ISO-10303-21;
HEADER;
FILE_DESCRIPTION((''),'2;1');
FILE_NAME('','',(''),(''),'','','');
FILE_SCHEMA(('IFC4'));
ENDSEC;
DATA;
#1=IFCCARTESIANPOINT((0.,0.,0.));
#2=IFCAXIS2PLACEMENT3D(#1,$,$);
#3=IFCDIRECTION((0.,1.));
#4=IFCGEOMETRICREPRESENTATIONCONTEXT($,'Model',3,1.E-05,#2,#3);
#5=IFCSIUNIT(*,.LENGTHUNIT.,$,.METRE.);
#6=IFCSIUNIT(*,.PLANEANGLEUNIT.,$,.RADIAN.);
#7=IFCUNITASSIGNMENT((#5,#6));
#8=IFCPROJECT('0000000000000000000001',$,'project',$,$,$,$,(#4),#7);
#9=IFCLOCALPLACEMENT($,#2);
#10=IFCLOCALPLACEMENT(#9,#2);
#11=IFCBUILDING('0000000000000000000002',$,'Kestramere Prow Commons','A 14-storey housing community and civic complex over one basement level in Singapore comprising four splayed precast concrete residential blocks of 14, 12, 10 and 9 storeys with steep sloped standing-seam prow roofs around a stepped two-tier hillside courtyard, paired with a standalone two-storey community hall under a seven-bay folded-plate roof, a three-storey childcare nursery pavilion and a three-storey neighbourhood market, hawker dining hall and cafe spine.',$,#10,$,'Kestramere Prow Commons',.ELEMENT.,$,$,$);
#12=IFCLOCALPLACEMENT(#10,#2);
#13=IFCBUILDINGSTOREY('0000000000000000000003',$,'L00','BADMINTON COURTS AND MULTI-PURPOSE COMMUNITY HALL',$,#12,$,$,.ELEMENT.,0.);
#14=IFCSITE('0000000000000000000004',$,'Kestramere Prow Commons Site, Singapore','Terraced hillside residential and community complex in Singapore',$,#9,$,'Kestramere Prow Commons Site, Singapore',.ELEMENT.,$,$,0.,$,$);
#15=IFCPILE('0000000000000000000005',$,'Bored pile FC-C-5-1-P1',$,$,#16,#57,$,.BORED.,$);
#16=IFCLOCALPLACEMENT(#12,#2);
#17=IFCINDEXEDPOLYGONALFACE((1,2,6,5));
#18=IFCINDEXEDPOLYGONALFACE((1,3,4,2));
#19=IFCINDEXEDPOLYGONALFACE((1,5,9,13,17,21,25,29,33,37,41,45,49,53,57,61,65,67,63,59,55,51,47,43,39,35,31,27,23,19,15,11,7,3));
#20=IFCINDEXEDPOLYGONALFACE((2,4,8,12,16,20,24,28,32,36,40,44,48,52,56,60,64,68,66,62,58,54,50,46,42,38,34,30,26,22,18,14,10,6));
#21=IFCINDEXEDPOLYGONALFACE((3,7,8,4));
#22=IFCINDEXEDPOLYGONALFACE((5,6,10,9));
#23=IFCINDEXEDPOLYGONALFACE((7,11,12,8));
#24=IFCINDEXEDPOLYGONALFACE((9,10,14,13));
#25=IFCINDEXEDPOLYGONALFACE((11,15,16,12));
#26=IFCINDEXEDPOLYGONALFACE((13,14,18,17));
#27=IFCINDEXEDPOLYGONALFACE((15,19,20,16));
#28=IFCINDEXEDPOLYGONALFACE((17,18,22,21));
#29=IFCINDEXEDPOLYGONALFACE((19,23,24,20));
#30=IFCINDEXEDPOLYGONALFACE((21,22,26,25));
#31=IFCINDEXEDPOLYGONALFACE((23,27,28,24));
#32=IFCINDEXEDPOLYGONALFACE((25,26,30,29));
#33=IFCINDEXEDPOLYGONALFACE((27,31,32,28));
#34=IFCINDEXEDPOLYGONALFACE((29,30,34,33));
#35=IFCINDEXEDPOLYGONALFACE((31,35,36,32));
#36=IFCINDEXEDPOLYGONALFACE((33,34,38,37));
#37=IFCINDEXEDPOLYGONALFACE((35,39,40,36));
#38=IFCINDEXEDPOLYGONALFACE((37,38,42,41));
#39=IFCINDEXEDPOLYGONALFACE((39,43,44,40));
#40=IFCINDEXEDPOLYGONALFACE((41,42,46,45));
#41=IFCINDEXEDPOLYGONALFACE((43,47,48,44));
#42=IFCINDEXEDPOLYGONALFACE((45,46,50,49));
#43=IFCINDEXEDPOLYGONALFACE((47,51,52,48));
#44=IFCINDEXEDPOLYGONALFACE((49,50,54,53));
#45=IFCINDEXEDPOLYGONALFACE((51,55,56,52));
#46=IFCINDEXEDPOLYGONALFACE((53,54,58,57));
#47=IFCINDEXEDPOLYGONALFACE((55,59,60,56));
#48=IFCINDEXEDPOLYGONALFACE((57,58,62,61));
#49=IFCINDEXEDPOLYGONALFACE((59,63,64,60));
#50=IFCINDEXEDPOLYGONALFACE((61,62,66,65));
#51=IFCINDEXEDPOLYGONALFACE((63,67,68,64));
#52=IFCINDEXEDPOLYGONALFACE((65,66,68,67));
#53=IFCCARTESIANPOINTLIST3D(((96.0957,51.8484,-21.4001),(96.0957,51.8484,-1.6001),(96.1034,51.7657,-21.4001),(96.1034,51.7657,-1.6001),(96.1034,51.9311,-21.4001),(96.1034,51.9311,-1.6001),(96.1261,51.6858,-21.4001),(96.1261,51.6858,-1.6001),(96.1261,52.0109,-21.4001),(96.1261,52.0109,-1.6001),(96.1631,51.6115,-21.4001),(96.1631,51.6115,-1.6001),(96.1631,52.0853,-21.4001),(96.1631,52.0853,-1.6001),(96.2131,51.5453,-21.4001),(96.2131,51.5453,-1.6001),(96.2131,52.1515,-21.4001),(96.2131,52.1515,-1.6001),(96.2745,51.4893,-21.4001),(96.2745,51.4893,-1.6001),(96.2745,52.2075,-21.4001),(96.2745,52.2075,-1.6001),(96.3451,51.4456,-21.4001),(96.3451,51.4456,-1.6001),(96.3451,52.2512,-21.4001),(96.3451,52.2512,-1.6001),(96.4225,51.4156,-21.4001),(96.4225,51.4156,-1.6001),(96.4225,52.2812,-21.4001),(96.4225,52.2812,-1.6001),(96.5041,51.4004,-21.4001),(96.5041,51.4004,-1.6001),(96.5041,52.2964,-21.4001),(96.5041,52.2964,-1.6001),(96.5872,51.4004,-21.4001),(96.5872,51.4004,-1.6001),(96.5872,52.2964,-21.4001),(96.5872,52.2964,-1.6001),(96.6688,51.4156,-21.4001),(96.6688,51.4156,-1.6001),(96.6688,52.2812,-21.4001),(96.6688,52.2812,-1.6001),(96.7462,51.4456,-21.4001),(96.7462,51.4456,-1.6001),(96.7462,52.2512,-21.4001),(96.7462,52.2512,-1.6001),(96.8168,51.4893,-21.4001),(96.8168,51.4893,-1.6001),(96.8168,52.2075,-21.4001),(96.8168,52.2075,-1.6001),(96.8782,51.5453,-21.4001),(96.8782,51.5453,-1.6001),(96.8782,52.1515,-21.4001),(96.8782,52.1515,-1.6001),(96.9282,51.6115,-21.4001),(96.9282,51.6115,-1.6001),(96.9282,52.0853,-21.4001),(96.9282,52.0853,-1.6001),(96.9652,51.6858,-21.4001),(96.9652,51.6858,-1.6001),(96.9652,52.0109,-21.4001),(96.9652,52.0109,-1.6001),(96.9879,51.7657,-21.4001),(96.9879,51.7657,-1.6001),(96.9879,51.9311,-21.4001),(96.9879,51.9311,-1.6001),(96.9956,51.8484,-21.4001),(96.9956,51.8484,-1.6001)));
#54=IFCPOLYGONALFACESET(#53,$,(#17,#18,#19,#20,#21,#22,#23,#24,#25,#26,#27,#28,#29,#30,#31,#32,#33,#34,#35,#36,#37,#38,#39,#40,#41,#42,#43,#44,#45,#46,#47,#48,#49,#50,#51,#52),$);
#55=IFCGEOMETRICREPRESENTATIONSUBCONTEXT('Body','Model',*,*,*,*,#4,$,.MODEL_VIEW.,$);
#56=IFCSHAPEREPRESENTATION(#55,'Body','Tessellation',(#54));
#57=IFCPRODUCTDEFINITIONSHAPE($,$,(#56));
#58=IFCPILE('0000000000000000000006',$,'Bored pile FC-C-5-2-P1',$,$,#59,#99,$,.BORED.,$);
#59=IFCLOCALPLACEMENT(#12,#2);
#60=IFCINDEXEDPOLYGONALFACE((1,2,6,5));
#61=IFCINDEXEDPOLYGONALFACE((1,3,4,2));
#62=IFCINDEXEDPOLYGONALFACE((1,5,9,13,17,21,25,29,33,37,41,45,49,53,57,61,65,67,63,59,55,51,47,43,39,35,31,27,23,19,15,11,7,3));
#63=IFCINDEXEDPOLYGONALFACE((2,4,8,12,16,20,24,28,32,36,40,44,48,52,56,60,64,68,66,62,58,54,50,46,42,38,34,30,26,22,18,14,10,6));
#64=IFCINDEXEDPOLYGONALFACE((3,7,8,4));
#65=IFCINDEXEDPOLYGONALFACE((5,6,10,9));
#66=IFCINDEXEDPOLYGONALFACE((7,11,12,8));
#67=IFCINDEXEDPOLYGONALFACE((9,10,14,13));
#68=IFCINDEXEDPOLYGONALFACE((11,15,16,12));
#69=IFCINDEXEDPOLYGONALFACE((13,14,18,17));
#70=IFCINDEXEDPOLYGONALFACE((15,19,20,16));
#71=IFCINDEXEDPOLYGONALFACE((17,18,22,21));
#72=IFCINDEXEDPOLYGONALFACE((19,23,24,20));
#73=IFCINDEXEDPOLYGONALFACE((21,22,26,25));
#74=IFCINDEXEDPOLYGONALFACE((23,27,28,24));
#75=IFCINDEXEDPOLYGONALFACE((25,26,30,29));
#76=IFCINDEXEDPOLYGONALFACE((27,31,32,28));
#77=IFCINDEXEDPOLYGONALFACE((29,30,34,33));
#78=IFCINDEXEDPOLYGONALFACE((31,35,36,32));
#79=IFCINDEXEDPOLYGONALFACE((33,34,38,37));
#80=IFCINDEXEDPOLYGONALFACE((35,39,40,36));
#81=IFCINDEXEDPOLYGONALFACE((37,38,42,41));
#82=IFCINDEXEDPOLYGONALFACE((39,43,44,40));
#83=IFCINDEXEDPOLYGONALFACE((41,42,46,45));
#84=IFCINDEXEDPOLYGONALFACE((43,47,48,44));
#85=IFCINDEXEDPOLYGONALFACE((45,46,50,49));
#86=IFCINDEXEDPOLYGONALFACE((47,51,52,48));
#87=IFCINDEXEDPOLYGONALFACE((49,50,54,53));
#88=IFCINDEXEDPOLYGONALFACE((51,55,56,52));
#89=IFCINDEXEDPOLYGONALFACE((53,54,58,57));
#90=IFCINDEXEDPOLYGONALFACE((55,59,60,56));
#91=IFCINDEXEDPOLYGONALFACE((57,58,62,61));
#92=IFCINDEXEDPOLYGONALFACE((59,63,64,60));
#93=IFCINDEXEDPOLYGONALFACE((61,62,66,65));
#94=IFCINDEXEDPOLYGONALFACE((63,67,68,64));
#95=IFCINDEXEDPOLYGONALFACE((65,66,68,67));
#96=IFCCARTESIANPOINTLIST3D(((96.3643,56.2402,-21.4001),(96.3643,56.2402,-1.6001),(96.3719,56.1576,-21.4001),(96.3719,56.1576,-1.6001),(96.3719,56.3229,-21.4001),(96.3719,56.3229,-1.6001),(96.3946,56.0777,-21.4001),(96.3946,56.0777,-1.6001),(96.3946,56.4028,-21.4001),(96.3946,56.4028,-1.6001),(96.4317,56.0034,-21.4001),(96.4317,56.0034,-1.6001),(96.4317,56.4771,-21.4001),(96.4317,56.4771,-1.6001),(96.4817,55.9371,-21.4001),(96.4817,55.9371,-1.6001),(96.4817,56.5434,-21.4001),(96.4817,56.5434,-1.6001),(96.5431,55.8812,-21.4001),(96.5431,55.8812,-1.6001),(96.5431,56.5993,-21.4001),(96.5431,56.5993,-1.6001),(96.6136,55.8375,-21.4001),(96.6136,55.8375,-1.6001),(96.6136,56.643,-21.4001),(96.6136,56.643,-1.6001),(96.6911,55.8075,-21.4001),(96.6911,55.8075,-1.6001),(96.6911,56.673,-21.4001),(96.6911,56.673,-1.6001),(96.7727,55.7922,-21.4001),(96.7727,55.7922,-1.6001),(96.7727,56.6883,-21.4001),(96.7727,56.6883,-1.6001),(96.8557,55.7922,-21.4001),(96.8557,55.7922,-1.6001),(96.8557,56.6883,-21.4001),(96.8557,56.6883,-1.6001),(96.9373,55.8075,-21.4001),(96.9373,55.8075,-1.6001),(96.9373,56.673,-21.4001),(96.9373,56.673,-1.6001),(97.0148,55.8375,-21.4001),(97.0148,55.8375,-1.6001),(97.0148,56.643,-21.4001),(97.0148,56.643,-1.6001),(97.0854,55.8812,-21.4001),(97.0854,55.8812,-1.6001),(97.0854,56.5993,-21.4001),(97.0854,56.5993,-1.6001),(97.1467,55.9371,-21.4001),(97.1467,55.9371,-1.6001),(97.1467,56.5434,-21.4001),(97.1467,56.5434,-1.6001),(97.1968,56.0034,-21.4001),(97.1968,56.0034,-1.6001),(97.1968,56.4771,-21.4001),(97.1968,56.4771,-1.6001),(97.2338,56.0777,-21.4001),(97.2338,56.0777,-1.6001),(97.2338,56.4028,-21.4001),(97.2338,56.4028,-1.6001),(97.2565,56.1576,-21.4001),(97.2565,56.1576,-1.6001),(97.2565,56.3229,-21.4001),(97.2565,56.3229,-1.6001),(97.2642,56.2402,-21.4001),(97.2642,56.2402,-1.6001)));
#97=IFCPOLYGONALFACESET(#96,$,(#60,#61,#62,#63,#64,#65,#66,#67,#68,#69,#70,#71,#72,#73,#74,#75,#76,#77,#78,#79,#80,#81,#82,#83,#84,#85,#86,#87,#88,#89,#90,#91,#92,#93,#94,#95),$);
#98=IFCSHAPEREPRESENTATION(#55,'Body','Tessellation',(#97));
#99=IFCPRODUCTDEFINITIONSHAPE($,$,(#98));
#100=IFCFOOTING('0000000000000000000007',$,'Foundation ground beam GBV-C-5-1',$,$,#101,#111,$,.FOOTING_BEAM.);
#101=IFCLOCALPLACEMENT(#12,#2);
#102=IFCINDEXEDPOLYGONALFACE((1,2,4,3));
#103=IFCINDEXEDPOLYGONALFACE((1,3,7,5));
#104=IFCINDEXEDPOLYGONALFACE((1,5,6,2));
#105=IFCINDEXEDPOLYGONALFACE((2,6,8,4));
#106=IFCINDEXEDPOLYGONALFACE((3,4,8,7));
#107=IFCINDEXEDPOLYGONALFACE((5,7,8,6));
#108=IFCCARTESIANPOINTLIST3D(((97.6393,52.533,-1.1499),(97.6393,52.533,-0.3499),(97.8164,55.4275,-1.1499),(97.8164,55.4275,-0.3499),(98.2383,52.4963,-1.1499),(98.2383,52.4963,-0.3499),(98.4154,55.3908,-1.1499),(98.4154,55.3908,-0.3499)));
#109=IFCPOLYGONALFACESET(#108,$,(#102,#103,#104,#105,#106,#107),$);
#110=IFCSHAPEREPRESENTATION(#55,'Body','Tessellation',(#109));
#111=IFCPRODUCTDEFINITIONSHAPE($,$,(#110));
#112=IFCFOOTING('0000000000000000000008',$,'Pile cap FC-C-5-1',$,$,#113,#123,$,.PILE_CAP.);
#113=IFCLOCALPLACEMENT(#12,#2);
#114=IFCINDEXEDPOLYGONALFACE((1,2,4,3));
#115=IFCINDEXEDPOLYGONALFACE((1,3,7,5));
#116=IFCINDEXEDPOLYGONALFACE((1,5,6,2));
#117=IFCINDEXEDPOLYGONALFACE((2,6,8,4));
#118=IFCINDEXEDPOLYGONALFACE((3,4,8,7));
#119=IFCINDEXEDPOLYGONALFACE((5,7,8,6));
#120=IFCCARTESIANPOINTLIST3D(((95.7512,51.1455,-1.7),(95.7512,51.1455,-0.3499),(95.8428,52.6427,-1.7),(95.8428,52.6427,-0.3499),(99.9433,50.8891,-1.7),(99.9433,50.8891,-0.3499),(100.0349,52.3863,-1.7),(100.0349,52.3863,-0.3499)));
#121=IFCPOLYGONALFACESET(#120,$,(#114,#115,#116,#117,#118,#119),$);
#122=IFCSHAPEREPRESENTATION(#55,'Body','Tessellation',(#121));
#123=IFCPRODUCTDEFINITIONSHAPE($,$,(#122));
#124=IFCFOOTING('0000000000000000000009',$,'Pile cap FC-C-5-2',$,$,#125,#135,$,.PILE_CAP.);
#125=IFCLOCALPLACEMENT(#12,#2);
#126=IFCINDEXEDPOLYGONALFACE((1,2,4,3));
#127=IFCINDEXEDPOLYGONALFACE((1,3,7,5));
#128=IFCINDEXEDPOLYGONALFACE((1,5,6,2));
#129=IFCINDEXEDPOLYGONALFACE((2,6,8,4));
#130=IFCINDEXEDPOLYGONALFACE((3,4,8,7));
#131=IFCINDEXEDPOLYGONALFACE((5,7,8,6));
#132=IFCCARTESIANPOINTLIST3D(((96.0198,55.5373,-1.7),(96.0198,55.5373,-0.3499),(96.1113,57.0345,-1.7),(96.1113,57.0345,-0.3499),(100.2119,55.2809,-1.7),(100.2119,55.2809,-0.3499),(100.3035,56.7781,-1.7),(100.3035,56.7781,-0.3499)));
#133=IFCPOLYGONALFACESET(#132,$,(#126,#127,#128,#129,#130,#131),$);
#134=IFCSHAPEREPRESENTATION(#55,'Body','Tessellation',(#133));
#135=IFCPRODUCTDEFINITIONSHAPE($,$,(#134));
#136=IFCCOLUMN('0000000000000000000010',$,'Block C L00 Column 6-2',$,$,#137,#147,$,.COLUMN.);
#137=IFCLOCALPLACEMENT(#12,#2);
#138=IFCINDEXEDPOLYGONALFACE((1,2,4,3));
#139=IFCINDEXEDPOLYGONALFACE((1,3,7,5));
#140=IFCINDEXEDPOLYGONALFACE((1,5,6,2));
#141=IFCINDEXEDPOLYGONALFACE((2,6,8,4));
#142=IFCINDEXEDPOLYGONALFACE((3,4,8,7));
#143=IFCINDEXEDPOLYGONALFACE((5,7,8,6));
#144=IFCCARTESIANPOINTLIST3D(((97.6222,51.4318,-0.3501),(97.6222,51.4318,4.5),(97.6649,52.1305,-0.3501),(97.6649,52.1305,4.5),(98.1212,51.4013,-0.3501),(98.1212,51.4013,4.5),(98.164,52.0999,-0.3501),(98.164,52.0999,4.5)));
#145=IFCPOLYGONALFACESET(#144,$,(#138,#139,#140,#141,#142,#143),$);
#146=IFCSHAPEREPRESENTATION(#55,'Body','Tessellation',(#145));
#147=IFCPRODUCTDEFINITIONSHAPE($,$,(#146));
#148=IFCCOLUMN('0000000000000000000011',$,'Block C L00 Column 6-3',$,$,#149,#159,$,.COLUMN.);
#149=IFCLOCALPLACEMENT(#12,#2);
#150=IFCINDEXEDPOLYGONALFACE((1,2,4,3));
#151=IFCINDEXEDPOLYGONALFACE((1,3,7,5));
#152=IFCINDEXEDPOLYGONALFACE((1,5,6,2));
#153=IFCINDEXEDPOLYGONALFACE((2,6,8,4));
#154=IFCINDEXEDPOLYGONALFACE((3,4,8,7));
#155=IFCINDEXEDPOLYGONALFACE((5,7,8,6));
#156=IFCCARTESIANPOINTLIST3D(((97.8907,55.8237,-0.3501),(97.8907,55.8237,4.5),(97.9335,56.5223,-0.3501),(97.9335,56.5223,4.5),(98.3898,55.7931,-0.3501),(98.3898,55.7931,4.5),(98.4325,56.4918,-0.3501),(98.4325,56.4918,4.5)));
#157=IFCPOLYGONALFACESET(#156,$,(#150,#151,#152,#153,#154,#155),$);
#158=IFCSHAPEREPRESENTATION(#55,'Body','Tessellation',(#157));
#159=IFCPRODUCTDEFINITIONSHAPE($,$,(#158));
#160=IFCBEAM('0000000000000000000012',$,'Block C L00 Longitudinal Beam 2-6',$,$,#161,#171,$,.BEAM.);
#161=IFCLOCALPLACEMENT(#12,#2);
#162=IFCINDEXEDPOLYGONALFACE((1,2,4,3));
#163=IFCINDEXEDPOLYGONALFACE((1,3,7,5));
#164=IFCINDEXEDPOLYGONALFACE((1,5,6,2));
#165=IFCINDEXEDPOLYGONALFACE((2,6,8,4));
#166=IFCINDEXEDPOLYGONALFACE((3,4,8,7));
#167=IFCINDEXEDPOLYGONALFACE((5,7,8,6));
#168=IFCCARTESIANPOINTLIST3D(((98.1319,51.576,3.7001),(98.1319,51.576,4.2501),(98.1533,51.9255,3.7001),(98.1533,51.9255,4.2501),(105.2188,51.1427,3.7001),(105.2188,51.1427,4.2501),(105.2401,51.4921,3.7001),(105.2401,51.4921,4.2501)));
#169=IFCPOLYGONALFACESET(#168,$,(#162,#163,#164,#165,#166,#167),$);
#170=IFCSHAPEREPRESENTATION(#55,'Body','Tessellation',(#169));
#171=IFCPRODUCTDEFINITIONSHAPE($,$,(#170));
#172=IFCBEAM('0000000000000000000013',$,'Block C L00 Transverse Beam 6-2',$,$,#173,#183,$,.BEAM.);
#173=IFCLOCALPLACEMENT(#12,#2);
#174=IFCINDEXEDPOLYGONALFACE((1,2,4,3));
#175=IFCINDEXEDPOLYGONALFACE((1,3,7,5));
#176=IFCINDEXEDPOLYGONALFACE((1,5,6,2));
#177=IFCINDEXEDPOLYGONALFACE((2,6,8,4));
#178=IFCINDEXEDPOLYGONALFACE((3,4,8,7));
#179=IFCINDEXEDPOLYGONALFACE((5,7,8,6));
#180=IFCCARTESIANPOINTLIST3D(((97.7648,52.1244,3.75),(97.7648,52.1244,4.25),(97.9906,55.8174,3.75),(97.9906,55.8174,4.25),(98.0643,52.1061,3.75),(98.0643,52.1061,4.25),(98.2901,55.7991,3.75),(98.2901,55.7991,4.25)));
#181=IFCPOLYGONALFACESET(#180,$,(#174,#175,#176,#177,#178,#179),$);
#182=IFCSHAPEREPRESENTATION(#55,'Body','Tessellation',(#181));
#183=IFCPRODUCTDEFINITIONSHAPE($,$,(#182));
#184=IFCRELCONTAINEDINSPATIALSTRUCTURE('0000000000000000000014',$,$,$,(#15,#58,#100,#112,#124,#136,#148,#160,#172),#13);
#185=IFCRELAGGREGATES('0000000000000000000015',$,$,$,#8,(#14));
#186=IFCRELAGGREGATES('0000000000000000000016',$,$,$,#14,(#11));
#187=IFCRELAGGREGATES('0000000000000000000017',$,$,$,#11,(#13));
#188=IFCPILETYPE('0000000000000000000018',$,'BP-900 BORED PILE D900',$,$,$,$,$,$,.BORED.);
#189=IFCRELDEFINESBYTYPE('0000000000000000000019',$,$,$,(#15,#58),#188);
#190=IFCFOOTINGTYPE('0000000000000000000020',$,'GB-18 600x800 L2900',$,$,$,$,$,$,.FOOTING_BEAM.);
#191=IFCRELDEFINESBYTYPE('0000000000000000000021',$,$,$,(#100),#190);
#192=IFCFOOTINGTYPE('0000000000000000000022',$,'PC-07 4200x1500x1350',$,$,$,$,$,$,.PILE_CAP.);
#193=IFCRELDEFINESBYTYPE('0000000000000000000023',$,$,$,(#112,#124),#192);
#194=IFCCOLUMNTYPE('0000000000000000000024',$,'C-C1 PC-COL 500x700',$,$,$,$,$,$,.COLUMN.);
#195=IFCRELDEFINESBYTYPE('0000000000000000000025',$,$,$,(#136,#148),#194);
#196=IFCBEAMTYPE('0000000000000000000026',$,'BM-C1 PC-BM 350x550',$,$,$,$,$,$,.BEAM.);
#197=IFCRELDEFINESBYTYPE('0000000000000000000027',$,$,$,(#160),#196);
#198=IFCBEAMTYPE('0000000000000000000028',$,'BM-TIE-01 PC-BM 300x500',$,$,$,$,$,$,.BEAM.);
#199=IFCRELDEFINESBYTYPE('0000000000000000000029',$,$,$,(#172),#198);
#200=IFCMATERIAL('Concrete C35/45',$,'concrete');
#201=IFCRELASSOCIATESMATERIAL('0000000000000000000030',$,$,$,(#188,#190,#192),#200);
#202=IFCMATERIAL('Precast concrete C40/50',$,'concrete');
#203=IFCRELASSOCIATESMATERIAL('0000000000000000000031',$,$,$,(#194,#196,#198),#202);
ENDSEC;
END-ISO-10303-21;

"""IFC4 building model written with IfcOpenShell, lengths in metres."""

from ifc_helpers import new_model, si_unit, direction, frame, origin, origin_2d, place, context, subcontext, project, spatial, rectangle, circle, extrude, material, material_profile, profile_set, type_object, element, save


model = new_model("IFC4")

# Units and contexts
model_context = context("Model", 3, precision=1e-05, world=origin(), true_north=direction((0.0, 1.0)))
body_context = subcontext(model_context, "Body", "Model", "MODEL_VIEW")
ifc_project = project(units=[si_unit("LENGTHUNIT", "METRE"), si_unit("PLANEANGLEUNIT", "RADIAN")], contexts=[model_context])

# Site, building, storey
site_placement = place(None, origin())
site = spatial("IfcSite", under=ifc_project, at=site_placement, Name="Kestramere Prow Commons Site, Singapore", Description="Terraced hillside residential and community complex in Singapore", LongName="Kestramere Prow Commons Site, Singapore", CompositionType="ELEMENT", RefElevation=0.0)
building_placement = place(site_placement, origin())
building = spatial("IfcBuilding", under=site, at=building_placement, Name="Kestramere Prow Commons", Description="A 14-storey housing community and civic complex over one basement level in Singapore comprising four splayed precast concrete residential blocks of 14, 12, 10 and 9 storeys with steep sloped standing-seam prow roofs around a stepped two-tier hillside courtyard, paired with a standalone two-storey community hall under a seven-bay folded-plate roof, a three-storey childcare nursery pavilion and a three-storey neighbourhood market, hawker dining hall and cafe spine.", LongName="Kestramere Prow Commons", CompositionType="ELEMENT")
storey_placement = place(building_placement, origin())
storey = spatial("IfcBuildingStorey", under=building, at=storey_placement, Name="L00", Description="BADMINTON COURTS AND MULTI-PURPOSE COMMUNITY HALL", CompositionType="ELEMENT", Elevation=0.0)

# Piles
ifc_material_1 = material(Name="Concrete C35/45", Category="concrete")
ifc_material_profile_1 = material_profile(ifc_material_1, circle(Radius=0.45, at=origin_2d()), Name="BORED PILE D900")
ifc_profile_set_1 = profile_set([ifc_material_profile_1], Name="Concrete C35/45")
pile_type = type_object("IfcPileType", Name="BP-900 BORED PILE D900", PredefinedType="BORED", material=ifc_profile_set_1)
for number, where, z_axis, x_axis, name in (
    (1, (96.5457, 51.8484, -1.6001), (0.0, 0.0, -1.0), (1.0, 0.0, 0.0), "Bored pile FC-C-5-1-P1"),
    (2, (96.8142, 56.2402, -1.6001), (0.0, 0.0, -1.0), (1.0, 0.0, 0.0), "Bored pile FC-C-5-2-P1"),
):
    element("IfcPile", number, at=place(storey_placement, frame(where, z_axis=z_axis, x_axis=x_axis)), inside=storey, type_object=pile_type, Name=name, PredefinedType="BORED", context=body_context, shape_type="SweptSolid", body=[
        extrude(circle(Radius=0.45, at=origin_2d()), origin(), (0.0, 0.0, 1.0), 19.8),
    ])

# Footings
footing_type_1 = type_object("IfcFootingType", Name="GB-18 600x800 L2900", PredefinedType="FOOTING_BEAM", material=ifc_material_1)
footing_placement = place(storey_placement, frame((98.0273, 53.9619, -1.1499), z_axis=(0.0, 0.0, 1.0), x_axis=(0.061049, 0.998135, 0.0)))
element("IfcFooting", 3, at=footing_placement, inside=storey, type_object=footing_type_1, Name="Foundation ground beam GBV-C-5-1", PredefinedType="FOOTING_BEAM", context=body_context, shape_type="SweptSolid", body=[
    extrude(rectangle(XDim=2.8999, YDim=0.6001, at=origin_2d()), origin(), (0.0, 0.0, 1.0), 0.8),
])
footing_type_2 = type_object("IfcFootingType", Name="PC-07 4200x1500x1350", PredefinedType="PILE_CAP", material=ifc_material_1)
for number, where, z_axis, x_axis, name in (
    (4, (97.8931, 51.7659, -1.7), (0.0, 0.0, 1.0), (0.998135, -0.061049, 0.0), "Pile cap FC-C-5-1"),
    (5, (98.1616, 56.1577, -1.7), (0.0, 0.0, 1.0), (0.998135, -0.061049, 0.0), "Pile cap FC-C-5-2"),
):
    element("IfcFooting", number, at=place(storey_placement, frame(where, z_axis=z_axis, x_axis=x_axis)), inside=storey, type_object=footing_type_2, Name=name, PredefinedType="PILE_CAP", context=body_context, shape_type="SweptSolid", body=[
        extrude(rectangle(XDim=4.2, YDim=1.5, at=origin_2d()), origin(), (0.0, 0.0, 1.0), 1.3501),
    ])

# Columns
ifc_material_2 = material(Name="Precast concrete C40/50", Category="concrete")
ifc_material_profile_2 = material_profile(ifc_material_2, rectangle(XDim=0.5, YDim=0.7, at=origin_2d()), Name="PC-COL 500x700")
ifc_profile_set_2 = profile_set([ifc_material_profile_2], Name="Precast concrete C40/50")
column_type = type_object("IfcColumnType", Name="C-C1 PC-COL 500x700", PredefinedType="COLUMN", material=ifc_profile_set_2)
for number, where, z_axis, x_axis, name in (
    (6, (97.8931, 51.7659, -0.3501), (0.0, 0.0, 1.0), (0.998135, -0.061049, 0.0), "Block C L00 Column 6-2"),
    (7, (98.1616, 56.1577, -0.3501), (0.0, 0.0, 1.0), (0.998135, -0.061049, 0.0), "Block C L00 Column 6-3"),
):
    element("IfcColumn", number, at=place(storey_placement, frame(where, z_axis=z_axis, x_axis=x_axis)), inside=storey, type_object=column_type, Name=name, PredefinedType="COLUMN", context=body_context, shape_type="SweptSolid", body=[
        extrude(rectangle(XDim=0.5, YDim=0.7, at=origin_2d()), origin(), (0.0, 0.0, 1.0), 4.8501),
    ])

# Beams
ifc_material_profile_3 = material_profile(ifc_material_2, rectangle(XDim=0.3501, YDim=0.55, at=origin_2d()), Name="PC-BM 350x550")
ifc_profile_set_3 = profile_set([ifc_material_profile_3], Name="Precast concrete C40/50")
beam_type_1 = type_object("IfcBeamType", Name="BM-C1 PC-BM 350x550", PredefinedType="BEAM", material=ifc_profile_set_3)
beam_1_placement = place(storey_placement, frame((98.1426, 51.7507, 3.9751), z_axis=(0.998136, -0.061034, 0.0), x_axis=(0.061034, 0.998136, 0.0)))
element("IfcBeam", 8, at=beam_1_placement, inside=storey, type_object=beam_type_1, Name="Block C L00 Longitudinal Beam 2-6", PredefinedType="BEAM", context=body_context, shape_type="SweptSolid", body=[
    extrude(rectangle(XDim=0.3501, YDim=0.55, at=origin_2d()), origin(), (0.0, 0.0, 1.0), 7.1001),
])
ifc_material_profile_4 = material_profile(ifc_material_2, rectangle(XDim=0.3, YDim=0.5, at=origin_2d()), Name="PC-BM 300x500")
ifc_profile_set_4 = profile_set([ifc_material_profile_4], Name="Precast concrete C40/50")
beam_type_2 = type_object("IfcBeamType", Name="BM-TIE-01 PC-BM 300x500", PredefinedType="BEAM", material=ifc_profile_set_4)
beam_2_placement = place(storey_placement, frame((97.9146, 52.1152, 4.0), z_axis=(0.061035, 0.998136, 0.0), x_axis=(-0.998136, 0.061035, 0.0)))
element("IfcBeam", 9, at=beam_2_placement, inside=storey, type_object=beam_type_2, Name="Block C L00 Transverse Beam 6-2", PredefinedType="BEAM", context=body_context, shape_type="SweptSolid", body=[
    extrude(rectangle(XDim=0.3, YDim=0.5, at=origin_2d()), origin(), (0.0, 0.0, 1.0), 3.7),
])

save(model, "model.ifc")
